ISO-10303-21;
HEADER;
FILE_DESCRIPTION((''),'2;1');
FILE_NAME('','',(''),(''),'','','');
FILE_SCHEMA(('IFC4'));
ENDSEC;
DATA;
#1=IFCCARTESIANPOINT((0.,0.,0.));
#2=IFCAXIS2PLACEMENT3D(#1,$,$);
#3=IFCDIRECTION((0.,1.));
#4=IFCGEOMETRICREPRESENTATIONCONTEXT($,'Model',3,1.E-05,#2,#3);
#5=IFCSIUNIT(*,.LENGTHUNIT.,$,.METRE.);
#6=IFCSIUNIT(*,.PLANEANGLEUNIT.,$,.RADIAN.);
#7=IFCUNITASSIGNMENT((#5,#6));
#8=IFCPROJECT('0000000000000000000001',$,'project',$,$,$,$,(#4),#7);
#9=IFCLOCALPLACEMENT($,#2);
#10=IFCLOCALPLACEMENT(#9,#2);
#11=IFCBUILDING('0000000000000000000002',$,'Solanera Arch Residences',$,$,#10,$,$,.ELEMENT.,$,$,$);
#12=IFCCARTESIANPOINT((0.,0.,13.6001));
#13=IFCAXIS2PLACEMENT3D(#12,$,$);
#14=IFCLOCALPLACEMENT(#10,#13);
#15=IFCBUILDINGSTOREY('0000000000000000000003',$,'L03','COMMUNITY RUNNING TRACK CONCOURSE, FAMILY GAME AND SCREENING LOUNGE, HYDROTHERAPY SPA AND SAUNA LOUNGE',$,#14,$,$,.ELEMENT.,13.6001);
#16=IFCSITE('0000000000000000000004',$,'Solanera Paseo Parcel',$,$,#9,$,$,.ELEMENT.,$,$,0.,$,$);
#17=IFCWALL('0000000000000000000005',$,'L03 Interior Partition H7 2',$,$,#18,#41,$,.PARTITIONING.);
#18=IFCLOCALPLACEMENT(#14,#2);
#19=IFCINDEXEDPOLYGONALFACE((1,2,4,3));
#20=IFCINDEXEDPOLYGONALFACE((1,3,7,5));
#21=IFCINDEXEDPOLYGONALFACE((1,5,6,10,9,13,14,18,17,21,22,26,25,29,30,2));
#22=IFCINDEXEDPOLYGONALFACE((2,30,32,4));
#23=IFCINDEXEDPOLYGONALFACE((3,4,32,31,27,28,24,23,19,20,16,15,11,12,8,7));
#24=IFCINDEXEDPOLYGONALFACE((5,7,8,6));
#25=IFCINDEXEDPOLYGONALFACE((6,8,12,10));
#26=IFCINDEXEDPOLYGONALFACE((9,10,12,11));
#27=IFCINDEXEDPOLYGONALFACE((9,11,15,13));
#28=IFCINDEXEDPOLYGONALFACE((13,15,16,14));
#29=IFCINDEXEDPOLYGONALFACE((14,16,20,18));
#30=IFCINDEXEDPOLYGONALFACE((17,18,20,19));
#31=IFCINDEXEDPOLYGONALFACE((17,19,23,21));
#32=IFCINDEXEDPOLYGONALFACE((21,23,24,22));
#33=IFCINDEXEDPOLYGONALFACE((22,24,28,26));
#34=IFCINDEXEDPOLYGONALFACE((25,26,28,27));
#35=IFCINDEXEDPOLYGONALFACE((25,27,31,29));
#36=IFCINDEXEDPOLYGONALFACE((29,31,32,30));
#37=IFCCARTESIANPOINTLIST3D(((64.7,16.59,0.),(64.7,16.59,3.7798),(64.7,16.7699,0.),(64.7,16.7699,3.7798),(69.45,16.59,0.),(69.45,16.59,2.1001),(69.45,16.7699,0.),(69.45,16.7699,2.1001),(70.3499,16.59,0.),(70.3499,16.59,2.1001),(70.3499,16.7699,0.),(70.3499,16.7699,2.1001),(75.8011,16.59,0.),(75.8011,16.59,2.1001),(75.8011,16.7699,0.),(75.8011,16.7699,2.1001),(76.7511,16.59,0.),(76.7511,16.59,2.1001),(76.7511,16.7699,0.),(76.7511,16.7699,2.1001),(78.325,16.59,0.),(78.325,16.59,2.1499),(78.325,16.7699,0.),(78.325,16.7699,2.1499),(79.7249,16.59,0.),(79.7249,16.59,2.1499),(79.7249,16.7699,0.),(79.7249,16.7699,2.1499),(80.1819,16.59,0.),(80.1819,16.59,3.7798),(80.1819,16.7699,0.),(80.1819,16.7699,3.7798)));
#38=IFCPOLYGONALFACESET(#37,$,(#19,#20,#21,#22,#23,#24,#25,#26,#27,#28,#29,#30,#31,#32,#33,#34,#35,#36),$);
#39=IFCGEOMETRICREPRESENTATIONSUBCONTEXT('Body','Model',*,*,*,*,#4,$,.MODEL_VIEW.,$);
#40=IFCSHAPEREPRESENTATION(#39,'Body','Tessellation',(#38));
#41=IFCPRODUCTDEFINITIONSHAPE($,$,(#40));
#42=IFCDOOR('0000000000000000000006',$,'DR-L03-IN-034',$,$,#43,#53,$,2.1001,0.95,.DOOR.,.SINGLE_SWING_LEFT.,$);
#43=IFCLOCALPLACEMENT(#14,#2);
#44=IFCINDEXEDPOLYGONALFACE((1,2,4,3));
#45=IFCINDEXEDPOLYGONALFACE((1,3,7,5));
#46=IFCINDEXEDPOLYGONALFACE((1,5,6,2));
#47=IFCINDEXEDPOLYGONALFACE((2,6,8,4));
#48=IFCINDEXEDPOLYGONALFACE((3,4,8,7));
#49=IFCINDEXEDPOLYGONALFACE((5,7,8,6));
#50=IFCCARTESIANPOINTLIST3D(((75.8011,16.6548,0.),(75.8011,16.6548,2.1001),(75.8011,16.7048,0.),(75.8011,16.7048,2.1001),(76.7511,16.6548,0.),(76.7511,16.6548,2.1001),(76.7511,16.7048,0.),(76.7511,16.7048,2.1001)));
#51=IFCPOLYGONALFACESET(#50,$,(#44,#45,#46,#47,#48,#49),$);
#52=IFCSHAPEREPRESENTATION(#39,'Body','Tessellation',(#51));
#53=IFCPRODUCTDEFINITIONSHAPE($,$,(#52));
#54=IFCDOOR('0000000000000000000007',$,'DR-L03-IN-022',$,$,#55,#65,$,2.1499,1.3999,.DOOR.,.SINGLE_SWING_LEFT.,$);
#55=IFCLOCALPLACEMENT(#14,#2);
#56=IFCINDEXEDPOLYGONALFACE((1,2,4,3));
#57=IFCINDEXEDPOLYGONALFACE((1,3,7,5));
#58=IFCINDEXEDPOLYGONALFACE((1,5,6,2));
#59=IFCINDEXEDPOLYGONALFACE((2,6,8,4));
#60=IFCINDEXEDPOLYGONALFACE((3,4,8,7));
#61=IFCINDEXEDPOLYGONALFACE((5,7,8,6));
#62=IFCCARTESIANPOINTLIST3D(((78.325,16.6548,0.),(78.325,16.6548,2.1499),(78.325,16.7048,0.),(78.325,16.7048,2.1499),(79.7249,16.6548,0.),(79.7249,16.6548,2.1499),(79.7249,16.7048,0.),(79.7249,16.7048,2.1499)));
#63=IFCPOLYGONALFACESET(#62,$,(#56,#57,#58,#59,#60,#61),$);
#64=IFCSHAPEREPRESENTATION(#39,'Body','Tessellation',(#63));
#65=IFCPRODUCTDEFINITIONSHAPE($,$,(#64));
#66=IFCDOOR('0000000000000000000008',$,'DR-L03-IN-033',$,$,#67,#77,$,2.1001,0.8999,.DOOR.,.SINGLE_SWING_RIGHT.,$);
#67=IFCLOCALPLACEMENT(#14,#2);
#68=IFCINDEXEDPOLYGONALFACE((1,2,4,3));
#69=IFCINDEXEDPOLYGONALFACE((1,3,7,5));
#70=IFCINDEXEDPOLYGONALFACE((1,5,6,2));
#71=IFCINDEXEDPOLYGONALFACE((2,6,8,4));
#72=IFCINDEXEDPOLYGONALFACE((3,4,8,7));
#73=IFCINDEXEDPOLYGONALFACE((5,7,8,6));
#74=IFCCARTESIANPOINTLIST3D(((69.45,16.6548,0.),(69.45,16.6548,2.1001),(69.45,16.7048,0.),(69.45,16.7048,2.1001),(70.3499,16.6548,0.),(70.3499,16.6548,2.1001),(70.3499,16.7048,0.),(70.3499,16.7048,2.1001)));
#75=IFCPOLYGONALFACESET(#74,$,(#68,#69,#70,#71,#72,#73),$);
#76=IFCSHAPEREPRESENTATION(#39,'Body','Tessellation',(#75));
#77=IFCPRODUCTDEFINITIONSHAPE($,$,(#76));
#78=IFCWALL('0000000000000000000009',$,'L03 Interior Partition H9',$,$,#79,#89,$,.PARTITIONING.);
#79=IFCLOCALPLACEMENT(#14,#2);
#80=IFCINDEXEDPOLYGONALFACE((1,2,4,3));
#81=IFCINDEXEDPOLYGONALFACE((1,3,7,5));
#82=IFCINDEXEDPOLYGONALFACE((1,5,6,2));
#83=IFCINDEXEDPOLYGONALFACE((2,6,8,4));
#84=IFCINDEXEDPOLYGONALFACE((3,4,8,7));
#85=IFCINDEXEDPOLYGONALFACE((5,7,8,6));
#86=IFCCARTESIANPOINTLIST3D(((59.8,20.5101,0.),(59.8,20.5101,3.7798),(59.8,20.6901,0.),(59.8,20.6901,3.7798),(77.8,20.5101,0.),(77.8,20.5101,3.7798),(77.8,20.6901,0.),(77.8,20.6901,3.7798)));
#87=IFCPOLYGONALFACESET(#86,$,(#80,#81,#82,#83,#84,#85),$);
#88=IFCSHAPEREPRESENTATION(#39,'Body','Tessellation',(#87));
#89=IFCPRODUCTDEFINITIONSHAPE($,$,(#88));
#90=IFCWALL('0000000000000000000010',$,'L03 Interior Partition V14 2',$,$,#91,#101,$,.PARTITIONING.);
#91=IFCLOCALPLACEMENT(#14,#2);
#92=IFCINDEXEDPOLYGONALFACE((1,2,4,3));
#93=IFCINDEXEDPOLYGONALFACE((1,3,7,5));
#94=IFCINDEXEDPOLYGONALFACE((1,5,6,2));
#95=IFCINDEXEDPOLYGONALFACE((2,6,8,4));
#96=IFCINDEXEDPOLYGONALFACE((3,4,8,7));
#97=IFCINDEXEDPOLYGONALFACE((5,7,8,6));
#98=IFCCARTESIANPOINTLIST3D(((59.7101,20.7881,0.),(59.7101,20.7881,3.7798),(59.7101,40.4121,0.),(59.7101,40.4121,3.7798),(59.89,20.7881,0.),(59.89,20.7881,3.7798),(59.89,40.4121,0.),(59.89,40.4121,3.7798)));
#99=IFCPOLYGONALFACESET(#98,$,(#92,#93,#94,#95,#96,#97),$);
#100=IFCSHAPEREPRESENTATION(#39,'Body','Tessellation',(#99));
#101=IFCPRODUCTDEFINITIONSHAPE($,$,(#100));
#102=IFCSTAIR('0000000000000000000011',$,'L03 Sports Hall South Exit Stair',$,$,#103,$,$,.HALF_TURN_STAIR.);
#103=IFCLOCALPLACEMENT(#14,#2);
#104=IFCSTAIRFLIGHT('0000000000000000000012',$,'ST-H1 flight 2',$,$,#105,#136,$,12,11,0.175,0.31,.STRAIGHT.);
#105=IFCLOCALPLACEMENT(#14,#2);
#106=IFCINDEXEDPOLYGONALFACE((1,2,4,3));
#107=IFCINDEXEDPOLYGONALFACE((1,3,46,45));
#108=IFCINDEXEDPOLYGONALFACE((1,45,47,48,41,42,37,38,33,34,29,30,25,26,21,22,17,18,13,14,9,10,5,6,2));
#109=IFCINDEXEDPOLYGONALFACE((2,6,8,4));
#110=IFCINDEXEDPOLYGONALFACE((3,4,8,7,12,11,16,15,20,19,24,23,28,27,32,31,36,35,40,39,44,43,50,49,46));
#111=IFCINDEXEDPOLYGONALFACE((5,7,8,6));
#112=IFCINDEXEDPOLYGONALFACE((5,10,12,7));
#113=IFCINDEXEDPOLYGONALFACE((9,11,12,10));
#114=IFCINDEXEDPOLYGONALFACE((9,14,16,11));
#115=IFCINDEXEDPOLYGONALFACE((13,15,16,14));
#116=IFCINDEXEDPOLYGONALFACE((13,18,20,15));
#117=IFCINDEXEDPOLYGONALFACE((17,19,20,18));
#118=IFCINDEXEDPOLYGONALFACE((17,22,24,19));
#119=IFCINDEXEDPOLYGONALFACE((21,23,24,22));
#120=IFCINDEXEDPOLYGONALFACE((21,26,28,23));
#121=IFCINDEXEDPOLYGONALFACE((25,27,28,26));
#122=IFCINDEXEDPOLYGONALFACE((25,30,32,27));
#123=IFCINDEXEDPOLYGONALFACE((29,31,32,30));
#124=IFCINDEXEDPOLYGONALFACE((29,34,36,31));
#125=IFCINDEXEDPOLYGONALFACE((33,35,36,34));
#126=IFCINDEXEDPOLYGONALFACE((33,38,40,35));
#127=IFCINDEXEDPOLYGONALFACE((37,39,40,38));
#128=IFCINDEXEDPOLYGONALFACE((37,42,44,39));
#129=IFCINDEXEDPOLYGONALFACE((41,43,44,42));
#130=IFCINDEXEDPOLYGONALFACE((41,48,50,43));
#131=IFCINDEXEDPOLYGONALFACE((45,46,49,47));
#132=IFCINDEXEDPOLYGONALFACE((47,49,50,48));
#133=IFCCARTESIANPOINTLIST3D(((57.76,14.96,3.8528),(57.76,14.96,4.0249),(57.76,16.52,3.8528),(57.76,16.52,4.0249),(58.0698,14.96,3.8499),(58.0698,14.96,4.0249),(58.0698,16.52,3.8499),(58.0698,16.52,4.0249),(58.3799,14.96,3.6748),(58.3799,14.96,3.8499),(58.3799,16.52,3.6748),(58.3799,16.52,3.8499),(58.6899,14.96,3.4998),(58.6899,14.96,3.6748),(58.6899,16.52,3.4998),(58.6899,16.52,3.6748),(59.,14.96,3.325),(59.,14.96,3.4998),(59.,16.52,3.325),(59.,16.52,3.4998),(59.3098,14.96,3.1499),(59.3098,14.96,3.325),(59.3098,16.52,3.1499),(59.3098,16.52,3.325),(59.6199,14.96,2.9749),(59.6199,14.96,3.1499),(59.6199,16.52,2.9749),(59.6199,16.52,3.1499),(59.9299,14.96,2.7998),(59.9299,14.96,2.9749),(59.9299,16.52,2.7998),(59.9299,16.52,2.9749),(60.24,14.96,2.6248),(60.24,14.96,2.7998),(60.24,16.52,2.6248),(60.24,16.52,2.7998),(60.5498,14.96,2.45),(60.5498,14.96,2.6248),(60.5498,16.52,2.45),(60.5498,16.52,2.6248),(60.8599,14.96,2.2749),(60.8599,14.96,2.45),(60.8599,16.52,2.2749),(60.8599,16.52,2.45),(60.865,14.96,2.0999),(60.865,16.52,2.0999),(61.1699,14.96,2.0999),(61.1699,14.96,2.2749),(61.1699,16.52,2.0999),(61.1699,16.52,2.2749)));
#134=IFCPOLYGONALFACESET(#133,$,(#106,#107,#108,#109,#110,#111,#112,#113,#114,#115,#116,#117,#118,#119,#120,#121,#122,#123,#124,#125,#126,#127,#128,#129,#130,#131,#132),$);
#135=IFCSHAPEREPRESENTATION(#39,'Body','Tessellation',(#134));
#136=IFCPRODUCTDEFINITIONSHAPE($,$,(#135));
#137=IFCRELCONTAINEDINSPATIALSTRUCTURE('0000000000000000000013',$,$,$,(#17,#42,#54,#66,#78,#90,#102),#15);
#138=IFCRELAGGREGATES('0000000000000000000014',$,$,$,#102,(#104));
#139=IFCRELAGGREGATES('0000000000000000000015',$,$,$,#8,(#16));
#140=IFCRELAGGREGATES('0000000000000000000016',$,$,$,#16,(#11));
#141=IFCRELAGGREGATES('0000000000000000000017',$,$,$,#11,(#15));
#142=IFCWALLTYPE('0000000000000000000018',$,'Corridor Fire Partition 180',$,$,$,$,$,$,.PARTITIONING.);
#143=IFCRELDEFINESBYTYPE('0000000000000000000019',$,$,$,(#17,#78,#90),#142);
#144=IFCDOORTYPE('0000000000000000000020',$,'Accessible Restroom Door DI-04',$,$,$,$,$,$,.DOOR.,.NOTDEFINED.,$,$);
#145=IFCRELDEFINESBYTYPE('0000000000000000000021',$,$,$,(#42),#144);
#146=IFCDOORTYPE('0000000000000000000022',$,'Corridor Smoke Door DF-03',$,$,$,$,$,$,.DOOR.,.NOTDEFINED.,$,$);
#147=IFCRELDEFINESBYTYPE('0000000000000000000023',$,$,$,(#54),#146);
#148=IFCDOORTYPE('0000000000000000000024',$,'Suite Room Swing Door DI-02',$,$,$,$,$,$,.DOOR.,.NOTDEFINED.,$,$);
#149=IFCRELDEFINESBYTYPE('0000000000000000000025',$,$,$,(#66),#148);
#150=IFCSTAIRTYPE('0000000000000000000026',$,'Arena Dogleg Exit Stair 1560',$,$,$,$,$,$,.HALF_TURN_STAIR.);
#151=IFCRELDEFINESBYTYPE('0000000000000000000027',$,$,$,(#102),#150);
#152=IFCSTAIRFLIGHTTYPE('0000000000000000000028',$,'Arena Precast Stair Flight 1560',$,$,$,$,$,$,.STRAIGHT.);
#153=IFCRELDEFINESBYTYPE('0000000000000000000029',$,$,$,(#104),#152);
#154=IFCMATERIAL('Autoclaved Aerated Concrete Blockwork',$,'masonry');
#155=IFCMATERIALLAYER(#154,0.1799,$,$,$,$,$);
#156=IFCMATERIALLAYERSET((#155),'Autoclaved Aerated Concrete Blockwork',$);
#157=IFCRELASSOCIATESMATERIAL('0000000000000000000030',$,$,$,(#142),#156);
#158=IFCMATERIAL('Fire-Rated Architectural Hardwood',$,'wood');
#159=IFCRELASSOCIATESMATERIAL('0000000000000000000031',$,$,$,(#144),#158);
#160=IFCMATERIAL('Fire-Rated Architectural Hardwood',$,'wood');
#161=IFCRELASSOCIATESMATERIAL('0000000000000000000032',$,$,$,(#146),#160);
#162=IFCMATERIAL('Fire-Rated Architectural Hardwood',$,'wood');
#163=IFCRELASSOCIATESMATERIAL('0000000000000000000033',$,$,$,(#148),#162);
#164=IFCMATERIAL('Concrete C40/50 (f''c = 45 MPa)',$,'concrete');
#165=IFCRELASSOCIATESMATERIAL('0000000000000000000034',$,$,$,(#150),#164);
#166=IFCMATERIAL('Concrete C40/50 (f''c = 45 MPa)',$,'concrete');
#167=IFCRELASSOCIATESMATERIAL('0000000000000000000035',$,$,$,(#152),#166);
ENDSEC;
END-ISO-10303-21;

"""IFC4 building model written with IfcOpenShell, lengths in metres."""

from ifc_helpers import new_model, si_unit, direction, frame, frame_2d, origin, place, context, subcontext, project, spatial, polyline, rectangle, outline, extrude, material, layer, layer_set, type_object, element, fill, aggregate, save


model = new_model("IFC4")

# Units and contexts
model_context = context("Model", 3, precision=1e-05, world=origin(), true_north=direction((0.0, 1.0)))
body_context = subcontext(model_context, "Body", "Model", "MODEL_VIEW")
ifc_project = project(units=[si_unit("LENGTHUNIT", "METRE"), si_unit("PLANEANGLEUNIT", "RADIAN")], contexts=[model_context])

# Site, building, storey
site_placement = place(None, origin())
site = spatial("IfcSite", under=ifc_project, at=site_placement, Name="Solanera Paseo Parcel", CompositionType="ELEMENT", RefElevation=0.0)
building_placement = place(site_placement, origin())
building = spatial("IfcBuilding", under=site, at=building_placement, Name="Solanera Arch Residences", CompositionType="ELEMENT")
storey_placement = place(building_placement, frame((0.0, 0.0, 13.6001)))
storey = spatial("IfcBuildingStorey", under=building, at=storey_placement, Name="L03", Description="COMMUNITY RUNNING TRACK CONCOURSE, FAMILY GAME AND SCREENING LOUNGE, HYDROTHERAPY SPA AND SAUNA LOUNGE", CompositionType="ELEMENT", Elevation=13.6001)

# Wall, openings, doors
ifc_material_1 = material(Name="Autoclaved Aerated Concrete Blockwork", Category="masonry")
ifc_layer_1 = layer(ifc_material_1, 0.1799)
ifc_layer_set_1 = layer_set([ifc_layer_1], Name="Autoclaved Aerated Concrete Blockwork")
wall_type_1 = type_object("IfcWallType", Name="Corridor Fire Partition 180", PredefinedType="PARTITIONING", material=ifc_layer_set_1)
wall_1_placement = place(storey_placement, frame((64.7, 16.6799, 0.0), z_axis=(0.0, 0.0, 1.0), x_axis=(1.0, 0.0, 0.0)))
wall_1 = element("IfcWall", 1, at=wall_1_placement, inside=storey, type_object=wall_type_1, Name="L03 Interior Partition H7 2", PredefinedType="PARTITIONING", context=body_context, shape_type="SweptSolid", body=[
    extrude(rectangle(XDim=15.4819, YDim=0.1799, at=frame_2d((7.741, 0.0))), origin(), (0.0, 0.0, 1.0), 3.7798),
])
opening_1_placement = place(wall_1_placement, frame((13.625, 0.0, 0.0)))
opening_1 = element("IfcOpeningElement", 2, at=opening_1_placement, cuts=wall_1, PredefinedType="OPENING", context=body_context, shape_type="SweptSolid", body=[
    extrude(rectangle(XDim=1.3999, YDim=2.1499, at=frame_2d((0.7, 1.075))), frame((0.0, 0.1001, 0.0), z_axis=(0.0, -1.0, 0.0), x_axis=(1.0, 0.0, 0.0)), (0.0, 0.0, 1.0), 0.1999),
])
opening_2_placement = place(wall_1_placement, frame((4.75, 0.0, 0.0)))
opening_2 = element("IfcOpeningElement", 3, at=opening_2_placement, cuts=wall_1, PredefinedType="OPENING", context=body_context, shape_type="SweptSolid", body=[
    extrude(rectangle(XDim=0.8999, YDim=2.1001, at=frame_2d((0.45, 1.05))), frame((0.0, 0.1001, 0.0), z_axis=(0.0, -1.0, 0.0), x_axis=(1.0, 0.0, 0.0)), (0.0, 0.0, 1.0), 0.1999),
])
opening_3_placement = place(wall_1_placement, frame((11.1011, 0.0, 0.0)))
opening_3 = element("IfcOpeningElement", 4, at=opening_3_placement, cuts=wall_1, PredefinedType="OPENING", context=body_context, shape_type="SweptSolid", body=[
    extrude(rectangle(XDim=0.95, YDim=2.1001, at=frame_2d((0.4751, 1.05))), frame((0.0, 0.1001, 0.0), z_axis=(0.0, -1.0, 0.0), x_axis=(1.0, 0.0, 0.0)), (0.0, 0.0, 1.0), 0.1999),
])
ifc_material_2 = material(Name="Fire-Rated Architectural Hardwood", Category="wood")
door_type_1 = type_object("IfcDoorType", Name="Accessible Restroom Door DI-04", OperationType="NOTDEFINED", PredefinedType="DOOR", material=ifc_material_2)
door_1_placement = place(opening_3_placement, origin())
door_1 = element("IfcDoor", 5, at=door_1_placement, inside=storey, type_object=door_type_1, Name="DR-L03-IN-034", OperationType="SINGLE_SWING_LEFT", OverallHeight=2.1001, OverallWidth=0.95, PredefinedType="DOOR", context=body_context, shape_type="SweptSolid", body=[
    extrude(rectangle(XDim=0.95, YDim=2.1001, at=frame_2d((0.4751, 1.05))), frame((0.0, 0.0249, 0.0), z_axis=(0.0, -1.0, 0.0), x_axis=(1.0, 0.0, 0.0)), (0.0, 0.0, 1.0), 0.05),
])
fill(opening_3, door_1)
ifc_material_3 = material(Name="Fire-Rated Architectural Hardwood", Category="wood")
door_type_2 = type_object("IfcDoorType", Name="Corridor Smoke Door DF-03", OperationType="NOTDEFINED", PredefinedType="DOOR", material=ifc_material_3)
door_2_placement = place(opening_1_placement, origin())
door_2 = element("IfcDoor", 6, at=door_2_placement, inside=storey, type_object=door_type_2, Name="DR-L03-IN-022", OperationType="SINGLE_SWING_LEFT", OverallHeight=2.1499, OverallWidth=1.3999, PredefinedType="DOOR", context=body_context, shape_type="SweptSolid", body=[
    extrude(rectangle(XDim=1.3999, YDim=2.1499, at=frame_2d((0.7, 1.075))), frame((0.0, 0.0249, 0.0), z_axis=(0.0, -1.0, 0.0), x_axis=(1.0, 0.0, 0.0)), (0.0, 0.0, 1.0), 0.05),
])
fill(opening_1, door_2)
ifc_material_4 = material(Name="Fire-Rated Architectural Hardwood", Category="wood")
door_type_3 = type_object("IfcDoorType", Name="Suite Room Swing Door DI-02", OperationType="NOTDEFINED", PredefinedType="DOOR", material=ifc_material_4)
door_3_placement = place(opening_2_placement, origin())
door_3 = element("IfcDoor", 7, at=door_3_placement, inside=storey, type_object=door_type_3, Name="DR-L03-IN-033", OperationType="SINGLE_SWING_RIGHT", OverallHeight=2.1001, OverallWidth=0.8999, PredefinedType="DOOR", context=body_context, shape_type="SweptSolid", body=[
    extrude(rectangle(XDim=0.8999, YDim=2.1001, at=frame_2d((0.45, 1.05))), frame((0.0, 0.0249, 0.0), z_axis=(0.0, -1.0, 0.0), x_axis=(1.0, 0.0, 0.0)), (0.0, 0.0, 1.0), 0.05),
])
fill(opening_2, door_3)

# Wall
wall_2_placement = place(storey_placement, frame((59.8, 20.6001, 0.0), z_axis=(0.0, 0.0, 1.0), x_axis=(1.0, 0.0, 0.0)))
element("IfcWall", 8, at=wall_2_placement, inside=storey, type_object=wall_type_1, Name="L03 Interior Partition H9", PredefinedType="PARTITIONING", context=body_context, shape_type="SweptSolid", body=[
    extrude(rectangle(XDim=18.0, YDim=0.1799, at=frame_2d((9.0, 0.0))), origin(), (0.0, 0.0, 1.0), 3.7798),
])

# Wall
wall_3_placement = place(storey_placement, frame((59.8, 20.7881, 0.0), z_axis=(0.0, 0.0, 1.0), x_axis=(0.0, 1.0, 0.0)))
element("IfcWall", 9, at=wall_3_placement, inside=storey, type_object=wall_type_1, Name="L03 Interior Partition V14 2", PredefinedType="PARTITIONING", context=body_context, shape_type="SweptSolid", body=[
    extrude(rectangle(XDim=19.624, YDim=0.1799, at=frame_2d((9.812, 0.0))), origin(), (0.0, 0.0, 1.0), 3.7798),
])

# Stair, stair flight
ifc_material_5 = material(Name="Concrete C40/50 (f'c = 45 MPa)", Category="concrete")
stair_type = type_object("IfcStairType", Name="Arena Dogleg Exit Stair 1560", PredefinedType="HALF_TURN_STAIR", material=ifc_material_5)
stair_placement = place(storey_placement, origin())
stair = element("IfcStair", 10, at=stair_placement, inside=storey, type_object=stair_type, Name="L03 Sports Hall South Exit Stair", PredefinedType="HALF_TURN_STAIR")
ifc_material_6 = material(Name="Concrete C40/50 (f'c = 45 MPa)", Category="concrete")
stair_flight_type = type_object("IfcStairFlightType", Name="Arena Precast Stair Flight 1560", PredefinedType="STRAIGHT", material=ifc_material_6)
stair_flight_placement = place(storey_placement, frame((61.1699, 15.74, 2.0999), z_axis=(0.0, 0.0, 1.0), x_axis=(-1.0, 0.0, 0.0)))
stair_flight = element("IfcStairFlight", 11, at=stair_flight_placement, type_object=stair_flight_type, Name="ST-H1 flight 2", NumberOfRisers=12, NumberOfTreads=11, PredefinedType="STRAIGHT", RiserHeight=0.175, TreadLength=0.31, context=body_context, shape_type="SweptSolid", body=[
    extrude(outline(polyline([(0.0, 0.0), (0.0, 0.175), (0.3101, 0.175), (0.3101, 0.3501), (0.6201, 0.3501), (0.6201, 0.5249), (0.9299, 0.5249), (0.9299, 0.7), (1.24, 0.7), (1.24, 0.875), (1.55, 0.875), (1.55, 1.05), (1.8601, 1.05), (1.8601, 1.2251), (2.1699, 1.2251), (2.1699, 1.3999), (2.48, 1.3999), (2.48, 1.575), (2.79, 1.575), (2.79, 1.75), (3.1001, 1.75), (3.1001, 1.925), (3.4099, 1.925), (3.4099, 2.1001), (3.4099, 1.7529), (0.3049, 0.0), (0.0, 0.0)])), frame((0.0, 0.78, 0.0), z_axis=(0.0, -1.0, 0.0), x_axis=(1.0, 0.0, 0.0)), (0.0, 0.0, 1.0), 1.5601),
])
aggregate(stair, [stair_flight])

save(model, "model.ifc")
